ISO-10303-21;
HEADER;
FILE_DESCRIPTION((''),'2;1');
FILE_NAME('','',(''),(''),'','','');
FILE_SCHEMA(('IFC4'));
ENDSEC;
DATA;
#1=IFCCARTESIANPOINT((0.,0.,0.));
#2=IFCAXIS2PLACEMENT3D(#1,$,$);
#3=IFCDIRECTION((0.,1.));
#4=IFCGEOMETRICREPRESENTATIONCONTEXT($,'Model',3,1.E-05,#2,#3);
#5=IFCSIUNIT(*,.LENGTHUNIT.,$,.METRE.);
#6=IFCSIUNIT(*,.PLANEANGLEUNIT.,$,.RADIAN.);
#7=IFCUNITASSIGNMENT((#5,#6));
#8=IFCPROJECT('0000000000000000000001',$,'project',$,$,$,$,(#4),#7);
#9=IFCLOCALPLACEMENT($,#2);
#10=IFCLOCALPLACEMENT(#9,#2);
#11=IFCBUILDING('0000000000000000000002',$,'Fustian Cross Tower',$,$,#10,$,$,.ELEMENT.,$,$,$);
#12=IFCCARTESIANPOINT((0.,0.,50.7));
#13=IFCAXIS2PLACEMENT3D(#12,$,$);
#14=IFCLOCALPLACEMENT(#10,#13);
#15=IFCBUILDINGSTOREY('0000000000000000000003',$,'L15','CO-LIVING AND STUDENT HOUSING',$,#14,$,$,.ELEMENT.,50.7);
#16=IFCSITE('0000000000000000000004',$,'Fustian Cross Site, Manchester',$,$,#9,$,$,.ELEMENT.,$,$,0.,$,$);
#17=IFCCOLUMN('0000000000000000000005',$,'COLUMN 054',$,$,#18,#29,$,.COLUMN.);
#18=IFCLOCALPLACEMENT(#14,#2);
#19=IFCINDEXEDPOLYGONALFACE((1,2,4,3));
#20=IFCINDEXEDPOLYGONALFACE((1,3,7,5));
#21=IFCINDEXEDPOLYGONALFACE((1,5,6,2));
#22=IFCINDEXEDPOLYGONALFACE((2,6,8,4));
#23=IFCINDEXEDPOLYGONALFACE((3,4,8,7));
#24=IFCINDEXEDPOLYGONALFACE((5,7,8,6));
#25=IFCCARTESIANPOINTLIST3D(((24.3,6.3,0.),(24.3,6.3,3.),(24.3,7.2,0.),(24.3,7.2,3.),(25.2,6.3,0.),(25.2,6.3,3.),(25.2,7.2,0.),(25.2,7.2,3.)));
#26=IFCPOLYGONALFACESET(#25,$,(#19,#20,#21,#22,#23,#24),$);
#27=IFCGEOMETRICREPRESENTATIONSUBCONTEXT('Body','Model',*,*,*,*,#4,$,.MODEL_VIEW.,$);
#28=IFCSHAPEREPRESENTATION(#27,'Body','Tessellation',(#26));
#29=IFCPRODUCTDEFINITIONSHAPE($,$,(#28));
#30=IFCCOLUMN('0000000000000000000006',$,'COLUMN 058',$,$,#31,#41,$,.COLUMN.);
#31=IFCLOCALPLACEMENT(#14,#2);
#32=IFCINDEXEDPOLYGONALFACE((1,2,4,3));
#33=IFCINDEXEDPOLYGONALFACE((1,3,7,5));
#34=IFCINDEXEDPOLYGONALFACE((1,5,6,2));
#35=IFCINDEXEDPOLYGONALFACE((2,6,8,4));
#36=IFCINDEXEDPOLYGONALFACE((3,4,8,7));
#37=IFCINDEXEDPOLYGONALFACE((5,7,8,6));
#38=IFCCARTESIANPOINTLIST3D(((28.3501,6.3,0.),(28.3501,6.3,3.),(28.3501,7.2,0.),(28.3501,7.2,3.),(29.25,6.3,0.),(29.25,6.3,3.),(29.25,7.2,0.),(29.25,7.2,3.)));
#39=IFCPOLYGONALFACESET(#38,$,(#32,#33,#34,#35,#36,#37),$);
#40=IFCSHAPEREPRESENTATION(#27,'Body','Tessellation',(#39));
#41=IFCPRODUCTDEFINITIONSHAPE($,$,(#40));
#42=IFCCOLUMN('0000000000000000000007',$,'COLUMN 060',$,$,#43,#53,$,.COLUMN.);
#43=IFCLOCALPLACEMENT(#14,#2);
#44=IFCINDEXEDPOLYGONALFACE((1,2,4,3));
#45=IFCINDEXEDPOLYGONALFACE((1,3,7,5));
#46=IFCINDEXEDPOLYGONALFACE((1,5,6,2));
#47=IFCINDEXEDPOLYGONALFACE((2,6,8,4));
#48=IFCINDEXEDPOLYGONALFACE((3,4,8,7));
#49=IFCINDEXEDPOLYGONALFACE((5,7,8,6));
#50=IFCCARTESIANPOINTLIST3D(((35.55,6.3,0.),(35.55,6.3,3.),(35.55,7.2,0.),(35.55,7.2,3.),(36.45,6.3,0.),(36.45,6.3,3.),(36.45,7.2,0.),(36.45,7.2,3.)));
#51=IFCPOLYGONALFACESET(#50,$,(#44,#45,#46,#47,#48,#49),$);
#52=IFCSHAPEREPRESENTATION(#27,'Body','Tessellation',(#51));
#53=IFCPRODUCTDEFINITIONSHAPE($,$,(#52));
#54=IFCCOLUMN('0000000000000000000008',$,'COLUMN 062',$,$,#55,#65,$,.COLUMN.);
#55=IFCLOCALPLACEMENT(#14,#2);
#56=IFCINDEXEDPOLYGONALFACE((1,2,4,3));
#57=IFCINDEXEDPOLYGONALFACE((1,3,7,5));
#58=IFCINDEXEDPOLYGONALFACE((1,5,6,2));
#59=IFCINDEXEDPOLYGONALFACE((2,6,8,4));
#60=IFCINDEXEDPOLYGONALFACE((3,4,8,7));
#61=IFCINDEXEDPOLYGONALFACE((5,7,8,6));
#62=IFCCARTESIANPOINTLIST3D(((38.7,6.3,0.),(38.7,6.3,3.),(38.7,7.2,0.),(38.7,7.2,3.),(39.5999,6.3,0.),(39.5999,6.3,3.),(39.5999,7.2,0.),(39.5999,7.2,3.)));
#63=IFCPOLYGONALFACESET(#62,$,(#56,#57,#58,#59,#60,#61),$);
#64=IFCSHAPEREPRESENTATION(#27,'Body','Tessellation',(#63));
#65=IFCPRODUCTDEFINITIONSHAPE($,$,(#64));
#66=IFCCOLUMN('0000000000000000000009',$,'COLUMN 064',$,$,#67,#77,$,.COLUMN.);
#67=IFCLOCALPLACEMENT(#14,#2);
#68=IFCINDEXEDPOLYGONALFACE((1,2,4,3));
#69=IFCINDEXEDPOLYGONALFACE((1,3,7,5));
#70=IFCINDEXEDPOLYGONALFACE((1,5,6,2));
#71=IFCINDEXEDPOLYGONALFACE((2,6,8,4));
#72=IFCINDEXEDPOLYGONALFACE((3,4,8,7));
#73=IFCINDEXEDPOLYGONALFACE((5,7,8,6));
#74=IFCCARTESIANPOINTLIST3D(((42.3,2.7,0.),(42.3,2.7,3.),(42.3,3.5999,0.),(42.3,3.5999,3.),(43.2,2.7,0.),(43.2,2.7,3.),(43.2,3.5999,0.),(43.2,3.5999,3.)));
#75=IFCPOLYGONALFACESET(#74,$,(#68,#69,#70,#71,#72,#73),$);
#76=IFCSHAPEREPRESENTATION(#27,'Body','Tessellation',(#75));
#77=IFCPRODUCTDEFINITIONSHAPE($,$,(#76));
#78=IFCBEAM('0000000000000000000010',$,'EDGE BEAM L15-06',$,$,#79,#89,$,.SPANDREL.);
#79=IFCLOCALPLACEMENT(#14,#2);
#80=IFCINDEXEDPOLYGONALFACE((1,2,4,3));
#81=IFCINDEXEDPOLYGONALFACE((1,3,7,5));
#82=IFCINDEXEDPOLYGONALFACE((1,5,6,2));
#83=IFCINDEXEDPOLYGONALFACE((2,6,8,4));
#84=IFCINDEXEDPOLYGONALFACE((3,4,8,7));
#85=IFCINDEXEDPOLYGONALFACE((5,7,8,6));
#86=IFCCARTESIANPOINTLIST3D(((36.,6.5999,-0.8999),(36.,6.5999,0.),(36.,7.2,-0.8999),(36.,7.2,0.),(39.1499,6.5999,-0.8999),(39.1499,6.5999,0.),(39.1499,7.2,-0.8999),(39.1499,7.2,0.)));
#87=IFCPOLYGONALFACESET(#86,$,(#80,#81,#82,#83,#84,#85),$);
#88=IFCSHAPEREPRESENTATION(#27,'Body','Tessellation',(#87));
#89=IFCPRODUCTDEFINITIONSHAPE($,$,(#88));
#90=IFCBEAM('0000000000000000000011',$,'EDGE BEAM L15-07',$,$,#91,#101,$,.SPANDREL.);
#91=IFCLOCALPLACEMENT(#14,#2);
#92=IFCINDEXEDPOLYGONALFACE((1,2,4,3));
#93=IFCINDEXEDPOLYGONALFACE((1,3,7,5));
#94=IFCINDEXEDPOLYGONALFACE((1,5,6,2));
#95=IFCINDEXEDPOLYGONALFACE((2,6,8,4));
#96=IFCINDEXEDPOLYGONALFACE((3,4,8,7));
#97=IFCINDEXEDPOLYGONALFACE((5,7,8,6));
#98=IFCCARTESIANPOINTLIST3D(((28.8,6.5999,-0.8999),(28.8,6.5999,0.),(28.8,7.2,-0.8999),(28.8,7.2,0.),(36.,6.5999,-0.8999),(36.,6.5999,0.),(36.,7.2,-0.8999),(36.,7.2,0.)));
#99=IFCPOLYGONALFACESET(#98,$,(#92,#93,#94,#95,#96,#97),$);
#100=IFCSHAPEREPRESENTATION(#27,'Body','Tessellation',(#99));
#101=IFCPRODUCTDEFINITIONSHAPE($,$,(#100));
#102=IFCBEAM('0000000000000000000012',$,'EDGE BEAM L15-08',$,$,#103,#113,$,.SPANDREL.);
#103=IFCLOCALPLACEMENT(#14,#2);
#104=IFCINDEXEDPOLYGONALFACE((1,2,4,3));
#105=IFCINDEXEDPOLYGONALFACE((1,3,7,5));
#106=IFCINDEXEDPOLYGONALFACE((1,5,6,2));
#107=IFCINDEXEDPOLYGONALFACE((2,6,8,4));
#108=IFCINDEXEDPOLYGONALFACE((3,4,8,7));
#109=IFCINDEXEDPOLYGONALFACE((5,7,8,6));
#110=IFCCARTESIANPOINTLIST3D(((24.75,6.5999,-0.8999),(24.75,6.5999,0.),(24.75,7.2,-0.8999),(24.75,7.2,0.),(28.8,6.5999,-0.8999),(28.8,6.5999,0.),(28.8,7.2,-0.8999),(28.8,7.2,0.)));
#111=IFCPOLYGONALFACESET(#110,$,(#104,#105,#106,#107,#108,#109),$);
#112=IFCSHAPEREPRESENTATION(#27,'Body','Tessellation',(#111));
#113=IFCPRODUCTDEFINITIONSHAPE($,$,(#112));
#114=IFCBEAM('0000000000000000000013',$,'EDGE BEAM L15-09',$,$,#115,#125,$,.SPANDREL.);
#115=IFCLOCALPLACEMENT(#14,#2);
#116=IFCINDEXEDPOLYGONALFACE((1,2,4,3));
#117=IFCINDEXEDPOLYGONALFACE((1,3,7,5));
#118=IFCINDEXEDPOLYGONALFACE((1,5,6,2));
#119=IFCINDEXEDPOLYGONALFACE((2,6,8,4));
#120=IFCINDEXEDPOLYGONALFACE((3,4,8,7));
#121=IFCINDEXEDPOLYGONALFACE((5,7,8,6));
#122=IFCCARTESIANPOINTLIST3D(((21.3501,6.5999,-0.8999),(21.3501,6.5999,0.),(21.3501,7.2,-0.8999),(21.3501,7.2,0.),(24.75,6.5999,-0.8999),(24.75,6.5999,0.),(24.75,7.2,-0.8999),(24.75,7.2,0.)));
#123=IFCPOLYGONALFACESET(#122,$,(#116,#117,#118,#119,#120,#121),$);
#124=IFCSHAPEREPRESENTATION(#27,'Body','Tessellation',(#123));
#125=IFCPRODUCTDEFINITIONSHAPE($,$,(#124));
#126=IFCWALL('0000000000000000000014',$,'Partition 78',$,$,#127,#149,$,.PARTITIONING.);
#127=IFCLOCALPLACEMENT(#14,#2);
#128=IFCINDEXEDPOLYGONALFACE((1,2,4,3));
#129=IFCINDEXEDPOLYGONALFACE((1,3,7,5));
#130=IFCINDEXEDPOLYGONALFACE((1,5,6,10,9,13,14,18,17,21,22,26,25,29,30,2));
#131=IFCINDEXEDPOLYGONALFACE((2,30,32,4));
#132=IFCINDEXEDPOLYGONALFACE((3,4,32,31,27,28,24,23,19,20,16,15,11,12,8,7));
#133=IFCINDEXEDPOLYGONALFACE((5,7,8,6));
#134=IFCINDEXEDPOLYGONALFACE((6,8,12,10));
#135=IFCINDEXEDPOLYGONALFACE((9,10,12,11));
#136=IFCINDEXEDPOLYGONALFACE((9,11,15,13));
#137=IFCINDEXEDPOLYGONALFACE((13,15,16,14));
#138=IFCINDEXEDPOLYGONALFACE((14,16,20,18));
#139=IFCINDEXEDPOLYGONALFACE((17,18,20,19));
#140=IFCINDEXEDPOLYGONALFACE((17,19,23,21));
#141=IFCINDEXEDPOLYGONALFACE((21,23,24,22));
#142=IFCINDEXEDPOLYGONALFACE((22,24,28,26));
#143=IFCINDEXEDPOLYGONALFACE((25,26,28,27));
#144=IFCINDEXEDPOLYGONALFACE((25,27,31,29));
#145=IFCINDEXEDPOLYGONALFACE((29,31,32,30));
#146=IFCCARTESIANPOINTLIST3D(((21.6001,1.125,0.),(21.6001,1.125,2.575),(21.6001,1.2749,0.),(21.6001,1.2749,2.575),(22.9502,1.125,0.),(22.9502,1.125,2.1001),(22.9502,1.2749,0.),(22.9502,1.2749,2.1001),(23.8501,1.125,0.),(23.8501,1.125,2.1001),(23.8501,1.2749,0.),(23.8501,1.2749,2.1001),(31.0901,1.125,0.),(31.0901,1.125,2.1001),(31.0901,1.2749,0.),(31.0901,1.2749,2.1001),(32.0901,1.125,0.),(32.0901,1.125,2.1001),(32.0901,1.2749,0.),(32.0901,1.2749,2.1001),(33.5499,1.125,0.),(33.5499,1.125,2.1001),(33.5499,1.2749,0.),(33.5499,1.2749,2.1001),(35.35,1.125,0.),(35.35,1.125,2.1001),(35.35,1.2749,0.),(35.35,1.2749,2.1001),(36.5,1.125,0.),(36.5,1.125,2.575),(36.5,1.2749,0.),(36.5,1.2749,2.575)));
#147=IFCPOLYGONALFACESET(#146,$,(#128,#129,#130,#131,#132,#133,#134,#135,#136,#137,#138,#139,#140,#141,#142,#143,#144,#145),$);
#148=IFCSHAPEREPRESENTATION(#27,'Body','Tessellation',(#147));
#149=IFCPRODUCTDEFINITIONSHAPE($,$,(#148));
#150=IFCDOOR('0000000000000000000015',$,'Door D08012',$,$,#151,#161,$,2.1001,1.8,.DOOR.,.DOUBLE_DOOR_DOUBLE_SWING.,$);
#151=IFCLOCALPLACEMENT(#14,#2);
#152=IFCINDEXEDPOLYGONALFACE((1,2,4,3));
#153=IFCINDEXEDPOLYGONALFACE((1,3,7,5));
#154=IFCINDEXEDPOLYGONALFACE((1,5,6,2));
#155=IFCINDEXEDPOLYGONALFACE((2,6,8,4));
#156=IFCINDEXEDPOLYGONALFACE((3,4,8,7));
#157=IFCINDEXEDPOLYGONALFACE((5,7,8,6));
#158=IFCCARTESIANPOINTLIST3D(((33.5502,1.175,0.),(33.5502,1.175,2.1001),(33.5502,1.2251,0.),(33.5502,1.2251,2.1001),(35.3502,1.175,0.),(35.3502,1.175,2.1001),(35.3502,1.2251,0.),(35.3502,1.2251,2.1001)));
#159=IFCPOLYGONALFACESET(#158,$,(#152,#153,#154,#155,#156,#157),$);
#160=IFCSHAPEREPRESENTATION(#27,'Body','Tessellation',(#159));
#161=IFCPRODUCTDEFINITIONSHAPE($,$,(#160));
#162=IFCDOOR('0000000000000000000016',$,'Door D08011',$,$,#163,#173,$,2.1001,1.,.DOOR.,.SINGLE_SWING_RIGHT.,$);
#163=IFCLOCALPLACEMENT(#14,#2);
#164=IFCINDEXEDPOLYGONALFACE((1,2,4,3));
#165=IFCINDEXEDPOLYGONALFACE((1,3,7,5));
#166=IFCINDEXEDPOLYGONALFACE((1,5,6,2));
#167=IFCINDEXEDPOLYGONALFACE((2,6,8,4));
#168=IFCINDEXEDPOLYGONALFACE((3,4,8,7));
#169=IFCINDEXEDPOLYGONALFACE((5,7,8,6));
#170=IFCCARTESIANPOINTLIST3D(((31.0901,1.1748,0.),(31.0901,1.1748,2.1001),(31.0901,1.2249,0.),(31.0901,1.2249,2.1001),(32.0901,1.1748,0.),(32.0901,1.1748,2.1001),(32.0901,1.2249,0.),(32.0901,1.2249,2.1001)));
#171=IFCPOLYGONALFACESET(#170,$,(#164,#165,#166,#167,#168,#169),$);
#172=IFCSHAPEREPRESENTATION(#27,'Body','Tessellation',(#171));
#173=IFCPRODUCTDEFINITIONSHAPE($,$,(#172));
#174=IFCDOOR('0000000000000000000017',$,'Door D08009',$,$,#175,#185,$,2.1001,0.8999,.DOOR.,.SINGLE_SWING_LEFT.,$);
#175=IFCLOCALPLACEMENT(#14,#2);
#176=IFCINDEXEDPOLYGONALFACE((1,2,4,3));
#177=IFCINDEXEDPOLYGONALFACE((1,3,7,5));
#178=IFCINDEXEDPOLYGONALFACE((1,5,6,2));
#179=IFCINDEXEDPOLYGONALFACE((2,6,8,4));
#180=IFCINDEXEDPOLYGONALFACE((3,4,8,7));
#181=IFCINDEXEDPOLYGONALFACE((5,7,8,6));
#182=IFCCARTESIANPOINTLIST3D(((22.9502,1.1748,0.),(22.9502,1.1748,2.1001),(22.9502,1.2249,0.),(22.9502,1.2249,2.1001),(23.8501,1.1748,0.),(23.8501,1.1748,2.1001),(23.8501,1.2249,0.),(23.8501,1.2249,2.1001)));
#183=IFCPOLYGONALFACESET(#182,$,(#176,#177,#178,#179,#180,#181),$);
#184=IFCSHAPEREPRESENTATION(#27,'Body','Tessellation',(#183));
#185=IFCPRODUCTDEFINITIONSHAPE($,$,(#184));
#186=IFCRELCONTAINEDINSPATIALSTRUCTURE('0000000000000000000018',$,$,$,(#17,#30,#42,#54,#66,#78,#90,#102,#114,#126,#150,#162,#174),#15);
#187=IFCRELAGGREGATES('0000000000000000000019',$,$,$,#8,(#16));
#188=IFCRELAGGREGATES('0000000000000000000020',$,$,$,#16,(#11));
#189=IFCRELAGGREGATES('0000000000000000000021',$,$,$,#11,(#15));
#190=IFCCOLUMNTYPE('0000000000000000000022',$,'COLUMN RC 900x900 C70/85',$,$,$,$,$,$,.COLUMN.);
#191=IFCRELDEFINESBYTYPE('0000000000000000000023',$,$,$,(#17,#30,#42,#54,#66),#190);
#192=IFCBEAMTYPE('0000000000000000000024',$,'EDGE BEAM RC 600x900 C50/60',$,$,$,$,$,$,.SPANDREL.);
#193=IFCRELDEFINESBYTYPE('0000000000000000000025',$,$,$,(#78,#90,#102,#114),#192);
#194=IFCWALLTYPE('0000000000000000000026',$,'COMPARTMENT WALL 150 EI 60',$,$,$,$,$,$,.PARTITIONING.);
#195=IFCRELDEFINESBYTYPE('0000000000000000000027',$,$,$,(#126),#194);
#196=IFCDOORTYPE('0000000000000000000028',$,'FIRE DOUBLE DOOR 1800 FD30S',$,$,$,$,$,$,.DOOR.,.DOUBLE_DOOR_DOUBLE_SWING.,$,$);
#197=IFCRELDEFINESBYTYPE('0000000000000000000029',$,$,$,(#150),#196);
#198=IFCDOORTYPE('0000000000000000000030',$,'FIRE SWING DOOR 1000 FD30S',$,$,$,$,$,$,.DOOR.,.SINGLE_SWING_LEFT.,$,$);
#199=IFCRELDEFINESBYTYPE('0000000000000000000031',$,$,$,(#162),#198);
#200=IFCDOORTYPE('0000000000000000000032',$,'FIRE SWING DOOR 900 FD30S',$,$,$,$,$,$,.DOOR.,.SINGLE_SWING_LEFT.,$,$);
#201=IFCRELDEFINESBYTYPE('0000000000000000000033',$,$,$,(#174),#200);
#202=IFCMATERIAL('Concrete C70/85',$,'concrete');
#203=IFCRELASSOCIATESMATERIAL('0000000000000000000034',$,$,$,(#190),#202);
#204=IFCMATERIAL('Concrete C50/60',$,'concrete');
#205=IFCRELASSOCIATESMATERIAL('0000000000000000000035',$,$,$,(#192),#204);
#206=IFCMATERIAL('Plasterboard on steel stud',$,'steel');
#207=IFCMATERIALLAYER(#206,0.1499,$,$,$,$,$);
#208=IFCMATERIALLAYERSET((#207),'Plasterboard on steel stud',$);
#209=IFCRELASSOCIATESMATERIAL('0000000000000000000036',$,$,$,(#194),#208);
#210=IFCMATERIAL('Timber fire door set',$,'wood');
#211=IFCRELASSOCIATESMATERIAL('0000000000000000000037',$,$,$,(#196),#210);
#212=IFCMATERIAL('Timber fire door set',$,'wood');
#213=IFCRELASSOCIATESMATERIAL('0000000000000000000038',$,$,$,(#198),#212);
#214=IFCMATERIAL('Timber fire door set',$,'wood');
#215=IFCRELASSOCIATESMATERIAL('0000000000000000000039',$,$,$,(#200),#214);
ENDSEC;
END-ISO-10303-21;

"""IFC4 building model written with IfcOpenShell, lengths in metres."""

from ifc_helpers import new_model, si_unit, direction, frame, frame_2d, origin, origin_2d, place, context, subcontext, project, spatial, rectangle, extrude, material, layer, layer_set, material_profile, profile_set, type_object, element, fill, save


model = new_model("IFC4")

# Units and contexts
model_context = context("Model", 3, precision=1e-05, world=origin(), true_north=direction((0.0, 1.0)))
body_context = subcontext(model_context, "Body", "Model", "MODEL_VIEW")
ifc_project = project(units=[si_unit("LENGTHUNIT", "METRE"), si_unit("PLANEANGLEUNIT", "RADIAN")], contexts=[model_context])

# Site, building, storey
site_placement = place(None, origin())
site = spatial("IfcSite", under=ifc_project, at=site_placement, Name="Fustian Cross Site, Manchester", CompositionType="ELEMENT", RefElevation=0.0)
building_placement = place(site_placement, origin())
building = spatial("IfcBuilding", under=site, at=building_placement, Name="Fustian Cross Tower", CompositionType="ELEMENT")
storey_placement = place(building_placement, frame((0.0, 0.0, 50.7)))
storey = spatial("IfcBuildingStorey", under=building, at=storey_placement, Name="L15", Description="CO-LIVING AND STUDENT HOUSING", CompositionType="ELEMENT", Elevation=50.7)

# Columns
ifc_material_1 = material(Name="Concrete C70/85", Category="concrete")
ifc_material_profile_1 = material_profile(ifc_material_1, rectangle(XDim=0.8999, YDim=0.8999, at=origin_2d()), Name="RC 900x900")
ifc_profile_set_1 = profile_set([ifc_material_profile_1], Name="Concrete C70/85")
column_type = type_object("IfcColumnType", Name="COLUMN RC 900x900 C70/85", PredefinedType="COLUMN", material=ifc_profile_set_1)
for number, where, z_axis, x_axis, name in (
    (1, (24.75, 6.75, 0.0), (0.0, 0.0, 1.0), (1.0, 0.0, 0.0), "COLUMN 054"),
    (2, (28.8, 6.75, 0.0), (0.0, 0.0, 1.0), (1.0, 0.0, 0.0), "COLUMN 058"),
    (3, (36.0, 6.75, 0.0), (0.0, 0.0, 1.0), (1.0, 0.0, 0.0), "COLUMN 060"),
    (4, (39.1499, 6.75, 0.0), (0.0, 0.0, 1.0), (1.0, 0.0, 0.0), "COLUMN 062"),
    (5, (42.75, 3.1499, 0.0), (0.0, 0.0, 1.0), (1.0, 0.0, 0.0), "COLUMN 064"),
):
    element("IfcColumn", number, at=place(storey_placement, frame(where, z_axis=z_axis, x_axis=x_axis)), inside=storey, type_object=column_type, Name=name, PredefinedType="COLUMN", context=body_context, shape_type="SweptSolid", body=[
        extrude(rectangle(XDim=0.8999, YDim=0.8999, at=origin_2d()), origin(), (0.0, 0.0, 1.0), 3.0),
    ])

# Beams
ifc_material_2 = material(Name="Concrete C50/60", Category="concrete")
ifc_material_profile_2 = material_profile(ifc_material_2, rectangle(XDim=0.6001, YDim=0.8999, at=origin_2d()), Name="RC 600x900")
ifc_profile_set_2 = profile_set([ifc_material_profile_2], Name="Concrete C50/60")
beam_type = type_object("IfcBeamType", Name="EDGE BEAM RC 600x900 C50/60", PredefinedType="SPANDREL", material=ifc_profile_set_2)
beam_1_placement = place(storey_placement, frame((39.1499, 6.8999, -0.45), z_axis=(-1.0, 0.0, 0.0), x_axis=(0.0, -1.0, 0.0)))
element("IfcBeam", 6, at=beam_1_placement, inside=storey, type_object=beam_type, Name="EDGE BEAM L15-06", PredefinedType="SPANDREL", context=body_context, shape_type="SweptSolid", body=[
    extrude(rectangle(XDim=0.6001, YDim=0.8999, at=origin_2d()), origin(), (0.0, 0.0, 1.0), 3.1499),
])
beam_2_placement = place(storey_placement, frame((36.0, 6.8999, -0.45), z_axis=(-1.0, 0.0, 0.0), x_axis=(0.0, -1.0, 0.0)))
element("IfcBeam", 7, at=beam_2_placement, inside=storey, type_object=beam_type, Name="EDGE BEAM L15-07", PredefinedType="SPANDREL", context=body_context, shape_type="SweptSolid", body=[
    extrude(rectangle(XDim=0.6001, YDim=0.8999, at=origin_2d()), origin(), (0.0, 0.0, 1.0), 7.2),
])
beam_3_placement = place(storey_placement, frame((28.8, 6.8999, -0.45), z_axis=(-1.0, 0.0, 0.0), x_axis=(0.0, -1.0, 0.0)))
element("IfcBeam", 8, at=beam_3_placement, inside=storey, type_object=beam_type, Name="EDGE BEAM L15-08", PredefinedType="SPANDREL", context=body_context, shape_type="SweptSolid", body=[
    extrude(rectangle(XDim=0.6001, YDim=0.8999, at=origin_2d()), origin(), (0.0, 0.0, 1.0), 4.05),
])
beam_4_placement = place(storey_placement, frame((24.75, 6.8999, -0.45), z_axis=(-1.0, 0.0, 0.0), x_axis=(0.0, -1.0, 0.0)))
element("IfcBeam", 9, at=beam_4_placement, inside=storey, type_object=beam_type, Name="EDGE BEAM L15-09", PredefinedType="SPANDREL", context=body_context, shape_type="SweptSolid", body=[
    extrude(rectangle(XDim=0.6001, YDim=0.8999, at=origin_2d()), origin(), (0.0, 0.0, 1.0), 3.3999),
])

# Wall, openings, doors
ifc_material_3 = material(Name="Plasterboard on steel stud", Category="steel")
ifc_layer_1 = layer(ifc_material_3, 0.1499)
ifc_layer_set_1 = layer_set([ifc_layer_1], Name="Plasterboard on steel stud")
wall_type_1 = type_object("IfcWallType", Name="COMPARTMENT WALL 150 EI 60", PredefinedType="PARTITIONING", material=ifc_layer_set_1)
wall_1_placement = place(storey_placement, frame((21.6001, 1.2, 0.0), z_axis=(0.0, 0.0, 1.0), x_axis=(1.0, 0.0, 0.0)))
wall_1 = element("IfcWall", 10, at=wall_1_placement, inside=storey, type_object=wall_type_1, Name="Partition 78", PredefinedType="PARTITIONING", context=body_context, shape_type="SweptSolid", body=[
    extrude(rectangle(XDim=14.8999, YDim=0.1499, at=frame_2d((7.45, 0.0))), origin(), (0.0, 0.0, 1.0), 2.575),
])
opening_1_placement = place(wall_1_placement, frame((1.3501, 0.0, 0.0)))
opening_1 = element("IfcOpeningElement", 11, at=opening_1_placement, cuts=wall_1, PredefinedType="OPENING", context=body_context, shape_type="SweptSolid", body=[
    extrude(rectangle(XDim=0.8999, YDim=2.1001, at=frame_2d((0.45, 1.05))), frame((0.0, 0.085, 0.0), z_axis=(0.0, -1.0, 0.0), x_axis=(1.0, 0.0, 0.0)), (0.0, 0.0, 1.0), 0.1699),
])
opening_2_placement = place(wall_1_placement, frame((9.49, 0.0, 0.0)))
opening_2 = element("IfcOpeningElement", 12, at=opening_2_placement, cuts=wall_1, PredefinedType="OPENING", context=body_context, shape_type="SweptSolid", body=[
    extrude(rectangle(XDim=1.0, YDim=2.1001, at=frame_2d((0.5, 1.05))), frame((0.0, 0.085, 0.0), z_axis=(0.0, -1.0, 0.0), x_axis=(1.0, 0.0, 0.0)), (0.0, 0.0, 1.0), 0.1699),
])
opening_3_placement = place(wall_1_placement, frame((11.95, 0.0, 0.0)))
opening_3 = element("IfcOpeningElement", 13, at=opening_3_placement, cuts=wall_1, PredefinedType="OPENING", context=body_context, shape_type="SweptSolid", body=[
    extrude(rectangle(XDim=1.8, YDim=2.1001, at=frame_2d((0.8999, 1.05))), frame((0.0, 0.085, 0.0), z_axis=(0.0, -1.0, 0.0), x_axis=(1.0, 0.0, 0.0)), (0.0, 0.0, 1.0), 0.1699),
])
ifc_material_4 = material(Name="Timber fire door set", Category="wood")
door_type_1 = type_object("IfcDoorType", Name="FIRE DOUBLE DOOR 1800 FD30S", OperationType="DOUBLE_DOOR_DOUBLE_SWING", PredefinedType="DOOR", material=ifc_material_4)
door_1_placement = place(opening_3_placement, frame((1.8, 0.0, 0.0), z_axis=(0.0, 0.0, 1.0), x_axis=(-1.0, 0.0, 0.0)))
door_1 = element("IfcDoor", 14, at=door_1_placement, inside=storey, type_object=door_type_1, Name="Door D08012", OperationType="DOUBLE_DOOR_DOUBLE_SWING", OverallHeight=2.1001, OverallWidth=1.8, PredefinedType="DOOR", context=body_context, shape_type="SweptSolid", body=[
    extrude(rectangle(XDim=1.8, YDim=2.1001, at=frame_2d((0.8999, 1.05))), frame((0.0, 0.0249, 0.0), z_axis=(0.0, -1.0, 0.0), x_axis=(1.0, 0.0, 0.0)), (0.0, 0.0, 1.0), 0.05),
])
fill(opening_3, door_1)
ifc_material_5 = material(Name="Timber fire door set", Category="wood")
door_type_2 = type_object("IfcDoorType", Name="FIRE SWING DOOR 1000 FD30S", OperationType="SINGLE_SWING_LEFT", PredefinedType="DOOR", material=ifc_material_5)
door_2_placement = place(opening_2_placement, origin())
door_2 = element("IfcDoor", 15, at=door_2_placement, inside=storey, type_object=door_type_2, Name="Door D08011", OperationType="SINGLE_SWING_RIGHT", OverallHeight=2.1001, OverallWidth=1.0, PredefinedType="DOOR", context=body_context, shape_type="SweptSolid", body=[
    extrude(rectangle(XDim=1.0, YDim=2.1001, at=frame_2d((0.5, 1.05))), frame((0.0, 0.0249, 0.0), z_axis=(0.0, -1.0, 0.0), x_axis=(1.0, 0.0, 0.0)), (0.0, 0.0, 1.0), 0.05),
])
fill(opening_2, door_2)
ifc_material_6 = material(Name="Timber fire door set", Category="wood")
door_type_3 = type_object("IfcDoorType", Name="FIRE SWING DOOR 900 FD30S", OperationType="SINGLE_SWING_LEFT", PredefinedType="DOOR", material=ifc_material_6)
door_3_placement = place(opening_1_placement, origin())
door_3 = element("IfcDoor", 16, at=door_3_placement, inside=storey, type_object=door_type_3, Name="Door D08009", OperationType="SINGLE_SWING_LEFT", OverallHeight=2.1001, OverallWidth=0.8999, PredefinedType="DOOR", context=body_context, shape_type="SweptSolid", body=[
    extrude(rectangle(XDim=0.8999, YDim=2.1001, at=frame_2d((0.45, 1.05))), frame((0.0, 0.0249, 0.0), z_axis=(0.0, -1.0, 0.0), x_axis=(1.0, 0.0, 0.0)), (0.0, 0.0, 1.0), 0.05),
])
fill(opening_1, door_3)

save(model, "model.ifc")
